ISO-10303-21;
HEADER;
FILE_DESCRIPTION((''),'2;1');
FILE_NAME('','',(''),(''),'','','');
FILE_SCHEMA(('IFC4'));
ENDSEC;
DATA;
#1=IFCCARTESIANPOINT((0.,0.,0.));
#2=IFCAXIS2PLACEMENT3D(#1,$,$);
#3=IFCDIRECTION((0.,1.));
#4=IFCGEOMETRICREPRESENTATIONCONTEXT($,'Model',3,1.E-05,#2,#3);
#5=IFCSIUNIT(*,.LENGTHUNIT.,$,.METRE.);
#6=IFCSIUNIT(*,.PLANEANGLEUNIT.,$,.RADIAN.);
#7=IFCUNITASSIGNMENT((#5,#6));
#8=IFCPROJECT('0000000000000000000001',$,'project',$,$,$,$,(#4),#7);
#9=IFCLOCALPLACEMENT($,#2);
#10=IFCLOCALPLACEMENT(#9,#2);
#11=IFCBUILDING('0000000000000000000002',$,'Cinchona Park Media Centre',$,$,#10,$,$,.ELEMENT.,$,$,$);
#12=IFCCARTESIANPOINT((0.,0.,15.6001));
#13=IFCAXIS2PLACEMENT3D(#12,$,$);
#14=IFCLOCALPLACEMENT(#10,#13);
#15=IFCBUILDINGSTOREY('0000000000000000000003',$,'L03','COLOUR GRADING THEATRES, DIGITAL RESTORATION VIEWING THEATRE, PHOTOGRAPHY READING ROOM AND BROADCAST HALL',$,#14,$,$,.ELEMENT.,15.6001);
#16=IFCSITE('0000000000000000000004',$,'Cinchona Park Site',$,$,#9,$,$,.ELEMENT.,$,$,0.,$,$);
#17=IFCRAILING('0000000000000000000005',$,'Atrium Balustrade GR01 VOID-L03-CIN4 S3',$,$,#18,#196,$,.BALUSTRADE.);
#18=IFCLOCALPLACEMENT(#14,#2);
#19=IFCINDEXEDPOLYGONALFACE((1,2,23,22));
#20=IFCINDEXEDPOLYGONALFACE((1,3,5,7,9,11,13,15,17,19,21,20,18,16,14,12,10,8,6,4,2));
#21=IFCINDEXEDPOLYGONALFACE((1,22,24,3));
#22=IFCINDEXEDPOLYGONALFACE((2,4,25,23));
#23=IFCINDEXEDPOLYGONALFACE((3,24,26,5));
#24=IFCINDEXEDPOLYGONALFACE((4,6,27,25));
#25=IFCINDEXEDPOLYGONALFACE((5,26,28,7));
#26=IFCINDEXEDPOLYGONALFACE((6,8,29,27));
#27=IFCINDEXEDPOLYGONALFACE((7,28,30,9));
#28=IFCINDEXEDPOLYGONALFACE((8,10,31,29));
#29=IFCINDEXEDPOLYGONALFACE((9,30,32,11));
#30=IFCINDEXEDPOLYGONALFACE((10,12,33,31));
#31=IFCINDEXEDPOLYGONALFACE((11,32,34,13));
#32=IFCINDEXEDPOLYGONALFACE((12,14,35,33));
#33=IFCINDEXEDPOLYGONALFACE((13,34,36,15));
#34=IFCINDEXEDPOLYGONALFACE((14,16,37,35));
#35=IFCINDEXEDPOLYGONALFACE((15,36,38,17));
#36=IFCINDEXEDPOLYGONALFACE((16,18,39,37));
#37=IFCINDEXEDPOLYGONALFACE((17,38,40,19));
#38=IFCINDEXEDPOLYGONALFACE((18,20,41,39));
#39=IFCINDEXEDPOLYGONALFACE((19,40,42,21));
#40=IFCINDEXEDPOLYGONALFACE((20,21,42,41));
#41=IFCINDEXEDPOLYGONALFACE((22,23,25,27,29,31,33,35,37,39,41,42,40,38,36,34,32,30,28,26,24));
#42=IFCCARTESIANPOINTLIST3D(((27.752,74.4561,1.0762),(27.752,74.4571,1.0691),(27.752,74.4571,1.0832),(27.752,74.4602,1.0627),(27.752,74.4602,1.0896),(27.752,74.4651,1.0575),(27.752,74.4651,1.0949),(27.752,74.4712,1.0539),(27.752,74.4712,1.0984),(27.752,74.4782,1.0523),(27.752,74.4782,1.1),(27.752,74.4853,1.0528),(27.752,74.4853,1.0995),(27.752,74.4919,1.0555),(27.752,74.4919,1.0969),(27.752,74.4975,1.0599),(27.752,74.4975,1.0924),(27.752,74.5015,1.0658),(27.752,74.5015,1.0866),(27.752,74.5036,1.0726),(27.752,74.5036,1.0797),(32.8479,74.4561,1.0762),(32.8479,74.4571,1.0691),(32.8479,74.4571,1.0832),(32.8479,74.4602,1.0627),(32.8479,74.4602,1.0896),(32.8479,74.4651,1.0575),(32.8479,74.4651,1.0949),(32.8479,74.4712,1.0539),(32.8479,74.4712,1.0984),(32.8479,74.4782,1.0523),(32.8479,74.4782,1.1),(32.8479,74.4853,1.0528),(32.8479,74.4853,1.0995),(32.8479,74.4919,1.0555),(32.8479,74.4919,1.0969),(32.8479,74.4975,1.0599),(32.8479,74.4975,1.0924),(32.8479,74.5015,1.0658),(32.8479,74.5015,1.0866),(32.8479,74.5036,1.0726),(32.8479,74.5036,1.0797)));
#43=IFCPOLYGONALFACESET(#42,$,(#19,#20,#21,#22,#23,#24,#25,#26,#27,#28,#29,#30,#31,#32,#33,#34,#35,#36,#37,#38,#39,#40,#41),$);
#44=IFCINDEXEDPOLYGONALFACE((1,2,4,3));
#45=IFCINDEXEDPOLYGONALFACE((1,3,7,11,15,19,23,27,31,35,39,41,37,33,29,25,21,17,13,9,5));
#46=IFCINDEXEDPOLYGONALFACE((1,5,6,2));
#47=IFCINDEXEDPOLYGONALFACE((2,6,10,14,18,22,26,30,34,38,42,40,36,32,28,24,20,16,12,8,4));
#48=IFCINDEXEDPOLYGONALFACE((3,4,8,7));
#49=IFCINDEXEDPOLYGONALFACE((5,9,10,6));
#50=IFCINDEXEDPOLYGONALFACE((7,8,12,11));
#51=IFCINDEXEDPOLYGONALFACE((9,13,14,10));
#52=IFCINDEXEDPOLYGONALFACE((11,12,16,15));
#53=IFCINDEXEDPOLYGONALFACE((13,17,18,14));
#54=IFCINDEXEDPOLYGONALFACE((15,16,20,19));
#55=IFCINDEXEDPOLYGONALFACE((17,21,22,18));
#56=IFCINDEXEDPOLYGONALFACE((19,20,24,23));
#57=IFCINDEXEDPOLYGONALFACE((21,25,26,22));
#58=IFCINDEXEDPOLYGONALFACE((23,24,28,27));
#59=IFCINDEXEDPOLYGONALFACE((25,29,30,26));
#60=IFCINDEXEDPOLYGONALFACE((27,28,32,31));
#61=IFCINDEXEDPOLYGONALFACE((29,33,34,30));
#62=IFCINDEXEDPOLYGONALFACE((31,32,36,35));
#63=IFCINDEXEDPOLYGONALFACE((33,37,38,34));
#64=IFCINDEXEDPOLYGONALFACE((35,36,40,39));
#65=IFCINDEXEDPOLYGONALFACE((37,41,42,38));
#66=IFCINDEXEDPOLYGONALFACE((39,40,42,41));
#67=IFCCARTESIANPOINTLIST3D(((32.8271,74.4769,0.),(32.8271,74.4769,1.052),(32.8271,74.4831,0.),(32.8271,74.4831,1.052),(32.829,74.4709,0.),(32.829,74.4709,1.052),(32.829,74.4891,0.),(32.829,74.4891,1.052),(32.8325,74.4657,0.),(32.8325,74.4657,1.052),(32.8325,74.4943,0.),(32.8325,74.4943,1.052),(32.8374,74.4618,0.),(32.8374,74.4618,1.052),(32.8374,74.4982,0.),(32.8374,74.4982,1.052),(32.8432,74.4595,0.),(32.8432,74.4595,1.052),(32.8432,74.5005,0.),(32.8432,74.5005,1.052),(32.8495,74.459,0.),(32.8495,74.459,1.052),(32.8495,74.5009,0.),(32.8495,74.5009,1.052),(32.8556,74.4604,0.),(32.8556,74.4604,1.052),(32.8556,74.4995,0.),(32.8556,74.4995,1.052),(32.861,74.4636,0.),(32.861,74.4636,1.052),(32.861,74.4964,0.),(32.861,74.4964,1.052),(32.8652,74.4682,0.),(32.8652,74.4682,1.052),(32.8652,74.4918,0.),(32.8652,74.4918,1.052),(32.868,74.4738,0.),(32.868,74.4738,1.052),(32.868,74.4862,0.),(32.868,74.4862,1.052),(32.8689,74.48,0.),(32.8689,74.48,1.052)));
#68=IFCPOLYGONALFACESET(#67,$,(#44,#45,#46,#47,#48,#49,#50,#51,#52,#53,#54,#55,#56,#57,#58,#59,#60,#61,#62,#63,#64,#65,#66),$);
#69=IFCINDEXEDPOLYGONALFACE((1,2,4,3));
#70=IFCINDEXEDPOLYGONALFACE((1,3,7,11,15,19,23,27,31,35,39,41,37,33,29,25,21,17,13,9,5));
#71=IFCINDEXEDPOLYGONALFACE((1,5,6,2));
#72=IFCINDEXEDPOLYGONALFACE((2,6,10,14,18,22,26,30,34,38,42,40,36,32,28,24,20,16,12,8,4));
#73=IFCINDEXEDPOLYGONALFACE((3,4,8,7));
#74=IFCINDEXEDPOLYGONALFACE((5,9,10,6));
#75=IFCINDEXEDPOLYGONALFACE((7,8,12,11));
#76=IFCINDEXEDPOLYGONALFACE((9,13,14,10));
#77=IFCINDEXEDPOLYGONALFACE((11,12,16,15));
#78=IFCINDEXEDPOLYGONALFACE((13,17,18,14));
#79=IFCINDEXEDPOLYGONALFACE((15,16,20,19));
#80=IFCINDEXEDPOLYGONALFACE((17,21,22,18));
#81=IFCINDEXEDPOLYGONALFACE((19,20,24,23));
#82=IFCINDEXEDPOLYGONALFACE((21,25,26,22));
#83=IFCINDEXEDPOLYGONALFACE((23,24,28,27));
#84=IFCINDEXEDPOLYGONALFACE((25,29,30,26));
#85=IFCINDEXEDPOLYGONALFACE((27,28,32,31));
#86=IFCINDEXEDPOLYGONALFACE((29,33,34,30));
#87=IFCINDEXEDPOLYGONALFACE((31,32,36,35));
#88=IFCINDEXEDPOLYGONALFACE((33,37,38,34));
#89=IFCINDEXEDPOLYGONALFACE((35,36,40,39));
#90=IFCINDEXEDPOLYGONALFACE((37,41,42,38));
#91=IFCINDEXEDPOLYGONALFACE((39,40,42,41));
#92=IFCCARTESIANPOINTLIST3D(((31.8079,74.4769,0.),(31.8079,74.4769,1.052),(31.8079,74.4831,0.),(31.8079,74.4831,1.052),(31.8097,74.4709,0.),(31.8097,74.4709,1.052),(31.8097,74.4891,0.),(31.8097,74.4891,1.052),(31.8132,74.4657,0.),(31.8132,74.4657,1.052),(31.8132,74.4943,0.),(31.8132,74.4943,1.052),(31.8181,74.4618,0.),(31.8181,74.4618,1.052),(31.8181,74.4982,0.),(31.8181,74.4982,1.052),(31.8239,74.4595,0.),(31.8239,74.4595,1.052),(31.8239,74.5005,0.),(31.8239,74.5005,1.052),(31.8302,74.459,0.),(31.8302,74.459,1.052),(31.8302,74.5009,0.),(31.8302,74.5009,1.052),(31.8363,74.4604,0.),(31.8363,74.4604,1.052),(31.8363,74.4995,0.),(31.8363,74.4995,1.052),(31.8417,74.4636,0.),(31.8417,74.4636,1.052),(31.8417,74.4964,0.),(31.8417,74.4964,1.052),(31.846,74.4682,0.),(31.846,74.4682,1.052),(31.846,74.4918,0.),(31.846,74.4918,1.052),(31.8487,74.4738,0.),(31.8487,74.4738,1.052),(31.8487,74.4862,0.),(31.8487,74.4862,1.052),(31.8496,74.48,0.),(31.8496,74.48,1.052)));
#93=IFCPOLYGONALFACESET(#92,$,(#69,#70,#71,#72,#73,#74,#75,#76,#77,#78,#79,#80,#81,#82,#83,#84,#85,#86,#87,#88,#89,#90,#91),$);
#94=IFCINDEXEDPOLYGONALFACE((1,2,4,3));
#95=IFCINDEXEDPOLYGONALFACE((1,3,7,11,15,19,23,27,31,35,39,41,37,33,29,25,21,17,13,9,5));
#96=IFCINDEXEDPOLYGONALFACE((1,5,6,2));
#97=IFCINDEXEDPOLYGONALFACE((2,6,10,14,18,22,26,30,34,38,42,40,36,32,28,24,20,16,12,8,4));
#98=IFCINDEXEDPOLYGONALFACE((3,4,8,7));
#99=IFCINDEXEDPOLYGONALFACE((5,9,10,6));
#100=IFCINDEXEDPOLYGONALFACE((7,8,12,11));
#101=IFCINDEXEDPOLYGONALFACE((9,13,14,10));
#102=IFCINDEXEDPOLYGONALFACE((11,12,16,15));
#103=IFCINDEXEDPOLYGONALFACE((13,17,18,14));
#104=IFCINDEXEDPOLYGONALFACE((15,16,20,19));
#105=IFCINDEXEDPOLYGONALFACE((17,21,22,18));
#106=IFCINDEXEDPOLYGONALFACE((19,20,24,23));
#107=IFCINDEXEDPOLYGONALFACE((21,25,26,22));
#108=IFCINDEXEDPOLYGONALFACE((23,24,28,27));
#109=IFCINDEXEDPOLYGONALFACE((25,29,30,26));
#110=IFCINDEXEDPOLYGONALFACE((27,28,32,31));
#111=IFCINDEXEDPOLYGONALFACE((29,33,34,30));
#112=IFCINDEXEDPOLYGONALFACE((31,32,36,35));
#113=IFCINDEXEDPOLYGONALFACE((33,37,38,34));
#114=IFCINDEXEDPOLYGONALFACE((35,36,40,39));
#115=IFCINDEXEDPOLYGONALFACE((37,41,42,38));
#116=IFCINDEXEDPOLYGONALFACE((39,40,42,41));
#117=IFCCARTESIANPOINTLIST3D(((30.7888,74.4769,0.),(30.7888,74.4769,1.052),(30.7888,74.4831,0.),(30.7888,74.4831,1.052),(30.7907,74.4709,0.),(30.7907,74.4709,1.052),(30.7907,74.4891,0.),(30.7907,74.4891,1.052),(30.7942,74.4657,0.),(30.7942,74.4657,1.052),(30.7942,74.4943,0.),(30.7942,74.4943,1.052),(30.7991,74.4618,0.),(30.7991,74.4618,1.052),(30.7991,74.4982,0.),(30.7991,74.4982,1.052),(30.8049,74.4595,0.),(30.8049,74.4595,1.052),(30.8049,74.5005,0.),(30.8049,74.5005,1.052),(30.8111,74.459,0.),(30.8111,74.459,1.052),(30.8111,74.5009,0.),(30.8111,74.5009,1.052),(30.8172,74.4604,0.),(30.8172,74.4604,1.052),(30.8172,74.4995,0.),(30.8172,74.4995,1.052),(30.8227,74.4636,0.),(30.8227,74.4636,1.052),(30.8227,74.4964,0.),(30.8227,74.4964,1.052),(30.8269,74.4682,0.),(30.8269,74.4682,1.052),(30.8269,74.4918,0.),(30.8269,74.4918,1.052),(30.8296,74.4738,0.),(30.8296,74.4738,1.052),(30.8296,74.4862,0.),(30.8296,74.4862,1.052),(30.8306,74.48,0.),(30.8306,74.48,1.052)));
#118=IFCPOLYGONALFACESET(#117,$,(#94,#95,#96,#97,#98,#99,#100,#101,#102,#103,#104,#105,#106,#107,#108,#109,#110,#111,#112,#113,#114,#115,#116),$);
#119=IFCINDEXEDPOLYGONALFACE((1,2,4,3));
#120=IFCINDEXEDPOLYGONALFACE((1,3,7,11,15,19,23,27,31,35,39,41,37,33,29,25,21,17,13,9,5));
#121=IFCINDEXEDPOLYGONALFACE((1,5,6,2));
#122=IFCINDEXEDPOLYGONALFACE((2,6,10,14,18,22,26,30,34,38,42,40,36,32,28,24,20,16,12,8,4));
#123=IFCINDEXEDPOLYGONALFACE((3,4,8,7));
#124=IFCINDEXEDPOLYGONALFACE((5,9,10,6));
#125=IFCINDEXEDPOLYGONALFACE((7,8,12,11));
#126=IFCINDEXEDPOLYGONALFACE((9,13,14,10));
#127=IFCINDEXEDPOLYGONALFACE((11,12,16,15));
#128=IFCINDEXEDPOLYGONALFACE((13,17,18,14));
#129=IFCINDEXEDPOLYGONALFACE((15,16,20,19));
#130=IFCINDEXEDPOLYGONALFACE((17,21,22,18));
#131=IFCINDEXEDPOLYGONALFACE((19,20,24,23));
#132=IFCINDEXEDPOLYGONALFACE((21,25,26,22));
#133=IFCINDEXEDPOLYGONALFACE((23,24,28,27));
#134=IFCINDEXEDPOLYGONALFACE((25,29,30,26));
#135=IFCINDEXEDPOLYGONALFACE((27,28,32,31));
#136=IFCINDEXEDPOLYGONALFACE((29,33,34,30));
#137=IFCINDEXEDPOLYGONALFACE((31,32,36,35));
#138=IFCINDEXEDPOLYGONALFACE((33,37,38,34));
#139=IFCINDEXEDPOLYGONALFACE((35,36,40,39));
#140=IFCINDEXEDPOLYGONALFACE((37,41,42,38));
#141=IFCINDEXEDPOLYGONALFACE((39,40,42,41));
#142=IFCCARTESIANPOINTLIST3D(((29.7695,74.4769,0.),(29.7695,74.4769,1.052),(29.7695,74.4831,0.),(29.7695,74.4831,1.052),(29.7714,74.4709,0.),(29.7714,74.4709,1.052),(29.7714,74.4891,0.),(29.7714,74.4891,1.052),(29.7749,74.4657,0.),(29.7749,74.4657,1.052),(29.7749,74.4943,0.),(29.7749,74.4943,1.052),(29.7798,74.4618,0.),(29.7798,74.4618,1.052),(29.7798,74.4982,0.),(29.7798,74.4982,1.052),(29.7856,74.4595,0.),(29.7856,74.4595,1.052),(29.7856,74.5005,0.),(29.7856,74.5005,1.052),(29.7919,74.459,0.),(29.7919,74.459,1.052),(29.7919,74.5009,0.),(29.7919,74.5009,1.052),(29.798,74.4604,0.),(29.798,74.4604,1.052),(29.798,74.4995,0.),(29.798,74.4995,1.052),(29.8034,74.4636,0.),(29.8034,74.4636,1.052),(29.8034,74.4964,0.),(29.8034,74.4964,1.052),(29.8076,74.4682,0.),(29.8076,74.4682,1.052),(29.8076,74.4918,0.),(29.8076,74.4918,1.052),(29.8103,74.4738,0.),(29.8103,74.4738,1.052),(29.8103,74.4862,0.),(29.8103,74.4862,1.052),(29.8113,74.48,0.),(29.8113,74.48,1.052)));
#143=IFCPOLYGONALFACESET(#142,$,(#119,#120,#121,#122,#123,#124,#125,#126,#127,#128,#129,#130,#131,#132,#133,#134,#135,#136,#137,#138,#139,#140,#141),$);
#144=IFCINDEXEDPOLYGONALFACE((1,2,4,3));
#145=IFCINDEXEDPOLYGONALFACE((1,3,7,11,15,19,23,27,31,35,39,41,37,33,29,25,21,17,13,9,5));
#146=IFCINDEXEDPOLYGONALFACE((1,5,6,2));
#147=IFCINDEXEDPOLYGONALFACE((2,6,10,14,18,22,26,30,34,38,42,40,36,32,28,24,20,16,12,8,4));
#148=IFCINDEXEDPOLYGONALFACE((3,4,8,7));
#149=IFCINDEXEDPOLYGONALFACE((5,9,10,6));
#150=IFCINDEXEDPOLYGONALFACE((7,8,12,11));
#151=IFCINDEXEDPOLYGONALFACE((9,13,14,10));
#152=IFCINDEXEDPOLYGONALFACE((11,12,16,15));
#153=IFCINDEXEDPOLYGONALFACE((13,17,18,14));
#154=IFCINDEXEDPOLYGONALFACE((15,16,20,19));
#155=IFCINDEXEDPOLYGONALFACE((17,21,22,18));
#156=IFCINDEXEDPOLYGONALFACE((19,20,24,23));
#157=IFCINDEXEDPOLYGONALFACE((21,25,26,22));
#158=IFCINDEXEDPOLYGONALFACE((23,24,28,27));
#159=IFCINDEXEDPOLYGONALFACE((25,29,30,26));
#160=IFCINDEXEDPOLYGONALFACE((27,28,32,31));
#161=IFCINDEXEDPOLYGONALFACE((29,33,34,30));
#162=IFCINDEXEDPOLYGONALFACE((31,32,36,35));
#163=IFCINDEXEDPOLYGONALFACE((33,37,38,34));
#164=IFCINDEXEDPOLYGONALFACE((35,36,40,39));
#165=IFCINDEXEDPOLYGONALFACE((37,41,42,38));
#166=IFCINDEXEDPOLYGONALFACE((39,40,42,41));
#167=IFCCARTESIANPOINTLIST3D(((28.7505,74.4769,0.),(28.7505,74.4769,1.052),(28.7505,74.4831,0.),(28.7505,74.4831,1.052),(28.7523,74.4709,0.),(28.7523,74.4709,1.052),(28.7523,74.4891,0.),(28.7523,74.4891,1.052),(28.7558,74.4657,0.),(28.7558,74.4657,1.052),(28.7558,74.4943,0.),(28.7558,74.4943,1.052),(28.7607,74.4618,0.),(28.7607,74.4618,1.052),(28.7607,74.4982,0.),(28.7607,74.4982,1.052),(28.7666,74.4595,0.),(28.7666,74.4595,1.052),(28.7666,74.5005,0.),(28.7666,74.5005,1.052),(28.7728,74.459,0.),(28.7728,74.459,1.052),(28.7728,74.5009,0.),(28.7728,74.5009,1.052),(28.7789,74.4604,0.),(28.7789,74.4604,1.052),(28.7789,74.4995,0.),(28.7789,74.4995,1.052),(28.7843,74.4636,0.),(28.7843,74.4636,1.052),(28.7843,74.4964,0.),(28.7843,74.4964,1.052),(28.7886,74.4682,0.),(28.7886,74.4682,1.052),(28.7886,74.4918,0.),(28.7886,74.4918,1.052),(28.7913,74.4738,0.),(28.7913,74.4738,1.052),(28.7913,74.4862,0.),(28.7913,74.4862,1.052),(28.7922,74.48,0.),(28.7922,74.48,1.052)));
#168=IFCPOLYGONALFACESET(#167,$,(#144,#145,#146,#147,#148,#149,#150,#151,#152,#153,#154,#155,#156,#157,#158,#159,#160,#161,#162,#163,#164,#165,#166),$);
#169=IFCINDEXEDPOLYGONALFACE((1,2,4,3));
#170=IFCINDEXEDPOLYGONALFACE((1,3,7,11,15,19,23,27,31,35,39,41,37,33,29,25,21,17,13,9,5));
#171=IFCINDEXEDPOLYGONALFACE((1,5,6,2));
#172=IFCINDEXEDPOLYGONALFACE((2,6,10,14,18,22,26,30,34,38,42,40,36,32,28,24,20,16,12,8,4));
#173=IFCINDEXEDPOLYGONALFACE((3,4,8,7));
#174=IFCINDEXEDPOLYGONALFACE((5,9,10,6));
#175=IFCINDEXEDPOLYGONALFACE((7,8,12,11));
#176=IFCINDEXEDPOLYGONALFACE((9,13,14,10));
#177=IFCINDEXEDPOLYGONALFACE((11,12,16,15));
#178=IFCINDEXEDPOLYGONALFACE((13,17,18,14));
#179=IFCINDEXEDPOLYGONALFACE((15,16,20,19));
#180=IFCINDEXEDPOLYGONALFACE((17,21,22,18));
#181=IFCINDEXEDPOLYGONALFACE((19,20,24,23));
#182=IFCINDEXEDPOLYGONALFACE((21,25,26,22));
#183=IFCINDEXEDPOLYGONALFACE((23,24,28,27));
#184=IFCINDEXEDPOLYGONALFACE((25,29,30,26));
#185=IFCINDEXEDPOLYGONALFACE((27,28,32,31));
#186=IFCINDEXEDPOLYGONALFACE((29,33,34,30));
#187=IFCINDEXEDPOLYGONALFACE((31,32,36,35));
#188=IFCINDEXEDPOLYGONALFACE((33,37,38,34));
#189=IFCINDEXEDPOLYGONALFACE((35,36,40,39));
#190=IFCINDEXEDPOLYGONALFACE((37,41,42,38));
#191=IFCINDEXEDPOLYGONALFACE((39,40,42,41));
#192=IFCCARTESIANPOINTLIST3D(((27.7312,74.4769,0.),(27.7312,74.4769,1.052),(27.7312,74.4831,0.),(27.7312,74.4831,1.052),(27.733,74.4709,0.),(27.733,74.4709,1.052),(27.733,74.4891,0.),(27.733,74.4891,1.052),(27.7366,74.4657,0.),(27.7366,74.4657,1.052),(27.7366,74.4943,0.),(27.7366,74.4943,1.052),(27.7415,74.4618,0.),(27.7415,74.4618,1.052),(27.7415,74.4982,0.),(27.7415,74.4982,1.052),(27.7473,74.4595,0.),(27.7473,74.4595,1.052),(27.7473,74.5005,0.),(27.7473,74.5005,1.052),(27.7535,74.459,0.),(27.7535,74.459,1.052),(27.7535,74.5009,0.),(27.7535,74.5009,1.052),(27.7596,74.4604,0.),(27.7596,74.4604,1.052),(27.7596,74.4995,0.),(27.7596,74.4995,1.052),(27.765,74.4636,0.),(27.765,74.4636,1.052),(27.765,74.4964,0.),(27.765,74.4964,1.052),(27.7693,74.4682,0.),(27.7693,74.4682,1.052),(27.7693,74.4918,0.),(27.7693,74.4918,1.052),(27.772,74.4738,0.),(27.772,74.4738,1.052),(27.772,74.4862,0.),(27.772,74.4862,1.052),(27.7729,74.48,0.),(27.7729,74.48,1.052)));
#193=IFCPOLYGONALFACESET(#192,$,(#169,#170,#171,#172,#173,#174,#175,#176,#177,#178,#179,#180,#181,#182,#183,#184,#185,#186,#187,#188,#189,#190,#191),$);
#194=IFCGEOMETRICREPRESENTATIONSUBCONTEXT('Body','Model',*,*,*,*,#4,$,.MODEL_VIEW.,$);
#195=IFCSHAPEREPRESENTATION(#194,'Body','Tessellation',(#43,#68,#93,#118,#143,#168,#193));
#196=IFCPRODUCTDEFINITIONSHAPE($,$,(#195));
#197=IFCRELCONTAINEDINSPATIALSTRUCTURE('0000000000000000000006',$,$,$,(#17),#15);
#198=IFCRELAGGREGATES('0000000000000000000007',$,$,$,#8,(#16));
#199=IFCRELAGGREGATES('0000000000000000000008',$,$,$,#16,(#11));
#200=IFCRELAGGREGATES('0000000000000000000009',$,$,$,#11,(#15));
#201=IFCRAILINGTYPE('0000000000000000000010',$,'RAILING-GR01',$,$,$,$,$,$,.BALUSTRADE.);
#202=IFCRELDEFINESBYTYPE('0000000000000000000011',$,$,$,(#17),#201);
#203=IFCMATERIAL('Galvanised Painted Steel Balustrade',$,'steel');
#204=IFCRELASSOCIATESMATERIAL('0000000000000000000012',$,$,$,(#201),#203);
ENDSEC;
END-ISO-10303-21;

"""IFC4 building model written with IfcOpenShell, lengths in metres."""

from ifc_helpers import new_model, si_unit, direction, frame, origin, origin_2d, place, context, subcontext, project, spatial, circle, extrude, material, type_object, element, save


model = new_model("IFC4")

# Units and contexts
model_context = context("Model", 3, precision=1e-05, world=origin(), true_north=direction((0.0, 1.0)))
body_context = subcontext(model_context, "Body", "Model", "MODEL_VIEW")
ifc_project = project(units=[si_unit("LENGTHUNIT", "METRE"), si_unit("PLANEANGLEUNIT", "RADIAN")], contexts=[model_context])

# Site, building, storey
site_placement = place(None, origin())
site = spatial("IfcSite", under=ifc_project, at=site_placement, Name="Cinchona Park Site", CompositionType="ELEMENT", RefElevation=0.0)
building_placement = place(site_placement, origin())
building = spatial("IfcBuilding", under=site, at=building_placement, Name="Cinchona Park Media Centre", CompositionType="ELEMENT")
storey_placement = place(building_placement, frame((0.0, 0.0, 15.6001)))
storey = spatial("IfcBuildingStorey", under=building, at=storey_placement, Name="L03", Description="COLOUR GRADING THEATRES, DIGITAL RESTORATION VIEWING THEATRE, PHOTOGRAPHY READING ROOM AND BROADCAST HALL", CompositionType="ELEMENT", Elevation=15.6001)

# Railing
ifc_material_1 = material(Name="Galvanised Painted Steel Balustrade", Category="steel")
railing_type = type_object("IfcRailingType", Name="RAILING-GR01", PredefinedType="BALUSTRADE", material=ifc_material_1)
railing_1_placement = place(storey_placement, frame((32.8479, 74.48, 0.0)))
element("IfcRailing", 1, at=railing_1_placement, inside=storey, type_object=railing_type, Name="Atrium Balustrade GR01 VOID-L03-CIN4 S3", PredefinedType="BALUSTRADE", context=body_context, shape_type="SweptSolid", body=[
    extrude(circle(Radius=0.0239, at=origin_2d()), frame((0.0, 0.0, 1.0762), z_axis=(-1.0, 0.0, 0.0), x_axis=(0.0, -1.0, 0.0)), (0.0, 0.0, 1.0), 5.0959),
    extrude(circle(Radius=0.021, at=origin_2d()), origin(), (0.0, 0.0, 1.0), 1.052),
    extrude(circle(Radius=0.021, at=origin_2d()), frame((-1.0193, 0.0, 0.0)), (0.0, 0.0, 1.0), 1.052),
    extrude(circle(Radius=0.021, at=origin_2d()), frame((-2.0383, 0.0, 0.0)), (0.0, 0.0, 1.0), 1.052),
    extrude(circle(Radius=0.021, at=origin_2d()), frame((-3.0576, 0.0, 0.0)), (0.0, 0.0, 1.0), 1.052),
    extrude(circle(Radius=0.021, at=origin_2d()), frame((-4.0767, 0.0, 0.0)), (0.0, 0.0, 1.0), 1.052),
    extrude(circle(Radius=0.021, at=origin_2d()), frame((-5.0959, 0.0, 0.0)), (0.0, 0.0, 1.0), 1.052),
])

save(model, "model.ifc")
